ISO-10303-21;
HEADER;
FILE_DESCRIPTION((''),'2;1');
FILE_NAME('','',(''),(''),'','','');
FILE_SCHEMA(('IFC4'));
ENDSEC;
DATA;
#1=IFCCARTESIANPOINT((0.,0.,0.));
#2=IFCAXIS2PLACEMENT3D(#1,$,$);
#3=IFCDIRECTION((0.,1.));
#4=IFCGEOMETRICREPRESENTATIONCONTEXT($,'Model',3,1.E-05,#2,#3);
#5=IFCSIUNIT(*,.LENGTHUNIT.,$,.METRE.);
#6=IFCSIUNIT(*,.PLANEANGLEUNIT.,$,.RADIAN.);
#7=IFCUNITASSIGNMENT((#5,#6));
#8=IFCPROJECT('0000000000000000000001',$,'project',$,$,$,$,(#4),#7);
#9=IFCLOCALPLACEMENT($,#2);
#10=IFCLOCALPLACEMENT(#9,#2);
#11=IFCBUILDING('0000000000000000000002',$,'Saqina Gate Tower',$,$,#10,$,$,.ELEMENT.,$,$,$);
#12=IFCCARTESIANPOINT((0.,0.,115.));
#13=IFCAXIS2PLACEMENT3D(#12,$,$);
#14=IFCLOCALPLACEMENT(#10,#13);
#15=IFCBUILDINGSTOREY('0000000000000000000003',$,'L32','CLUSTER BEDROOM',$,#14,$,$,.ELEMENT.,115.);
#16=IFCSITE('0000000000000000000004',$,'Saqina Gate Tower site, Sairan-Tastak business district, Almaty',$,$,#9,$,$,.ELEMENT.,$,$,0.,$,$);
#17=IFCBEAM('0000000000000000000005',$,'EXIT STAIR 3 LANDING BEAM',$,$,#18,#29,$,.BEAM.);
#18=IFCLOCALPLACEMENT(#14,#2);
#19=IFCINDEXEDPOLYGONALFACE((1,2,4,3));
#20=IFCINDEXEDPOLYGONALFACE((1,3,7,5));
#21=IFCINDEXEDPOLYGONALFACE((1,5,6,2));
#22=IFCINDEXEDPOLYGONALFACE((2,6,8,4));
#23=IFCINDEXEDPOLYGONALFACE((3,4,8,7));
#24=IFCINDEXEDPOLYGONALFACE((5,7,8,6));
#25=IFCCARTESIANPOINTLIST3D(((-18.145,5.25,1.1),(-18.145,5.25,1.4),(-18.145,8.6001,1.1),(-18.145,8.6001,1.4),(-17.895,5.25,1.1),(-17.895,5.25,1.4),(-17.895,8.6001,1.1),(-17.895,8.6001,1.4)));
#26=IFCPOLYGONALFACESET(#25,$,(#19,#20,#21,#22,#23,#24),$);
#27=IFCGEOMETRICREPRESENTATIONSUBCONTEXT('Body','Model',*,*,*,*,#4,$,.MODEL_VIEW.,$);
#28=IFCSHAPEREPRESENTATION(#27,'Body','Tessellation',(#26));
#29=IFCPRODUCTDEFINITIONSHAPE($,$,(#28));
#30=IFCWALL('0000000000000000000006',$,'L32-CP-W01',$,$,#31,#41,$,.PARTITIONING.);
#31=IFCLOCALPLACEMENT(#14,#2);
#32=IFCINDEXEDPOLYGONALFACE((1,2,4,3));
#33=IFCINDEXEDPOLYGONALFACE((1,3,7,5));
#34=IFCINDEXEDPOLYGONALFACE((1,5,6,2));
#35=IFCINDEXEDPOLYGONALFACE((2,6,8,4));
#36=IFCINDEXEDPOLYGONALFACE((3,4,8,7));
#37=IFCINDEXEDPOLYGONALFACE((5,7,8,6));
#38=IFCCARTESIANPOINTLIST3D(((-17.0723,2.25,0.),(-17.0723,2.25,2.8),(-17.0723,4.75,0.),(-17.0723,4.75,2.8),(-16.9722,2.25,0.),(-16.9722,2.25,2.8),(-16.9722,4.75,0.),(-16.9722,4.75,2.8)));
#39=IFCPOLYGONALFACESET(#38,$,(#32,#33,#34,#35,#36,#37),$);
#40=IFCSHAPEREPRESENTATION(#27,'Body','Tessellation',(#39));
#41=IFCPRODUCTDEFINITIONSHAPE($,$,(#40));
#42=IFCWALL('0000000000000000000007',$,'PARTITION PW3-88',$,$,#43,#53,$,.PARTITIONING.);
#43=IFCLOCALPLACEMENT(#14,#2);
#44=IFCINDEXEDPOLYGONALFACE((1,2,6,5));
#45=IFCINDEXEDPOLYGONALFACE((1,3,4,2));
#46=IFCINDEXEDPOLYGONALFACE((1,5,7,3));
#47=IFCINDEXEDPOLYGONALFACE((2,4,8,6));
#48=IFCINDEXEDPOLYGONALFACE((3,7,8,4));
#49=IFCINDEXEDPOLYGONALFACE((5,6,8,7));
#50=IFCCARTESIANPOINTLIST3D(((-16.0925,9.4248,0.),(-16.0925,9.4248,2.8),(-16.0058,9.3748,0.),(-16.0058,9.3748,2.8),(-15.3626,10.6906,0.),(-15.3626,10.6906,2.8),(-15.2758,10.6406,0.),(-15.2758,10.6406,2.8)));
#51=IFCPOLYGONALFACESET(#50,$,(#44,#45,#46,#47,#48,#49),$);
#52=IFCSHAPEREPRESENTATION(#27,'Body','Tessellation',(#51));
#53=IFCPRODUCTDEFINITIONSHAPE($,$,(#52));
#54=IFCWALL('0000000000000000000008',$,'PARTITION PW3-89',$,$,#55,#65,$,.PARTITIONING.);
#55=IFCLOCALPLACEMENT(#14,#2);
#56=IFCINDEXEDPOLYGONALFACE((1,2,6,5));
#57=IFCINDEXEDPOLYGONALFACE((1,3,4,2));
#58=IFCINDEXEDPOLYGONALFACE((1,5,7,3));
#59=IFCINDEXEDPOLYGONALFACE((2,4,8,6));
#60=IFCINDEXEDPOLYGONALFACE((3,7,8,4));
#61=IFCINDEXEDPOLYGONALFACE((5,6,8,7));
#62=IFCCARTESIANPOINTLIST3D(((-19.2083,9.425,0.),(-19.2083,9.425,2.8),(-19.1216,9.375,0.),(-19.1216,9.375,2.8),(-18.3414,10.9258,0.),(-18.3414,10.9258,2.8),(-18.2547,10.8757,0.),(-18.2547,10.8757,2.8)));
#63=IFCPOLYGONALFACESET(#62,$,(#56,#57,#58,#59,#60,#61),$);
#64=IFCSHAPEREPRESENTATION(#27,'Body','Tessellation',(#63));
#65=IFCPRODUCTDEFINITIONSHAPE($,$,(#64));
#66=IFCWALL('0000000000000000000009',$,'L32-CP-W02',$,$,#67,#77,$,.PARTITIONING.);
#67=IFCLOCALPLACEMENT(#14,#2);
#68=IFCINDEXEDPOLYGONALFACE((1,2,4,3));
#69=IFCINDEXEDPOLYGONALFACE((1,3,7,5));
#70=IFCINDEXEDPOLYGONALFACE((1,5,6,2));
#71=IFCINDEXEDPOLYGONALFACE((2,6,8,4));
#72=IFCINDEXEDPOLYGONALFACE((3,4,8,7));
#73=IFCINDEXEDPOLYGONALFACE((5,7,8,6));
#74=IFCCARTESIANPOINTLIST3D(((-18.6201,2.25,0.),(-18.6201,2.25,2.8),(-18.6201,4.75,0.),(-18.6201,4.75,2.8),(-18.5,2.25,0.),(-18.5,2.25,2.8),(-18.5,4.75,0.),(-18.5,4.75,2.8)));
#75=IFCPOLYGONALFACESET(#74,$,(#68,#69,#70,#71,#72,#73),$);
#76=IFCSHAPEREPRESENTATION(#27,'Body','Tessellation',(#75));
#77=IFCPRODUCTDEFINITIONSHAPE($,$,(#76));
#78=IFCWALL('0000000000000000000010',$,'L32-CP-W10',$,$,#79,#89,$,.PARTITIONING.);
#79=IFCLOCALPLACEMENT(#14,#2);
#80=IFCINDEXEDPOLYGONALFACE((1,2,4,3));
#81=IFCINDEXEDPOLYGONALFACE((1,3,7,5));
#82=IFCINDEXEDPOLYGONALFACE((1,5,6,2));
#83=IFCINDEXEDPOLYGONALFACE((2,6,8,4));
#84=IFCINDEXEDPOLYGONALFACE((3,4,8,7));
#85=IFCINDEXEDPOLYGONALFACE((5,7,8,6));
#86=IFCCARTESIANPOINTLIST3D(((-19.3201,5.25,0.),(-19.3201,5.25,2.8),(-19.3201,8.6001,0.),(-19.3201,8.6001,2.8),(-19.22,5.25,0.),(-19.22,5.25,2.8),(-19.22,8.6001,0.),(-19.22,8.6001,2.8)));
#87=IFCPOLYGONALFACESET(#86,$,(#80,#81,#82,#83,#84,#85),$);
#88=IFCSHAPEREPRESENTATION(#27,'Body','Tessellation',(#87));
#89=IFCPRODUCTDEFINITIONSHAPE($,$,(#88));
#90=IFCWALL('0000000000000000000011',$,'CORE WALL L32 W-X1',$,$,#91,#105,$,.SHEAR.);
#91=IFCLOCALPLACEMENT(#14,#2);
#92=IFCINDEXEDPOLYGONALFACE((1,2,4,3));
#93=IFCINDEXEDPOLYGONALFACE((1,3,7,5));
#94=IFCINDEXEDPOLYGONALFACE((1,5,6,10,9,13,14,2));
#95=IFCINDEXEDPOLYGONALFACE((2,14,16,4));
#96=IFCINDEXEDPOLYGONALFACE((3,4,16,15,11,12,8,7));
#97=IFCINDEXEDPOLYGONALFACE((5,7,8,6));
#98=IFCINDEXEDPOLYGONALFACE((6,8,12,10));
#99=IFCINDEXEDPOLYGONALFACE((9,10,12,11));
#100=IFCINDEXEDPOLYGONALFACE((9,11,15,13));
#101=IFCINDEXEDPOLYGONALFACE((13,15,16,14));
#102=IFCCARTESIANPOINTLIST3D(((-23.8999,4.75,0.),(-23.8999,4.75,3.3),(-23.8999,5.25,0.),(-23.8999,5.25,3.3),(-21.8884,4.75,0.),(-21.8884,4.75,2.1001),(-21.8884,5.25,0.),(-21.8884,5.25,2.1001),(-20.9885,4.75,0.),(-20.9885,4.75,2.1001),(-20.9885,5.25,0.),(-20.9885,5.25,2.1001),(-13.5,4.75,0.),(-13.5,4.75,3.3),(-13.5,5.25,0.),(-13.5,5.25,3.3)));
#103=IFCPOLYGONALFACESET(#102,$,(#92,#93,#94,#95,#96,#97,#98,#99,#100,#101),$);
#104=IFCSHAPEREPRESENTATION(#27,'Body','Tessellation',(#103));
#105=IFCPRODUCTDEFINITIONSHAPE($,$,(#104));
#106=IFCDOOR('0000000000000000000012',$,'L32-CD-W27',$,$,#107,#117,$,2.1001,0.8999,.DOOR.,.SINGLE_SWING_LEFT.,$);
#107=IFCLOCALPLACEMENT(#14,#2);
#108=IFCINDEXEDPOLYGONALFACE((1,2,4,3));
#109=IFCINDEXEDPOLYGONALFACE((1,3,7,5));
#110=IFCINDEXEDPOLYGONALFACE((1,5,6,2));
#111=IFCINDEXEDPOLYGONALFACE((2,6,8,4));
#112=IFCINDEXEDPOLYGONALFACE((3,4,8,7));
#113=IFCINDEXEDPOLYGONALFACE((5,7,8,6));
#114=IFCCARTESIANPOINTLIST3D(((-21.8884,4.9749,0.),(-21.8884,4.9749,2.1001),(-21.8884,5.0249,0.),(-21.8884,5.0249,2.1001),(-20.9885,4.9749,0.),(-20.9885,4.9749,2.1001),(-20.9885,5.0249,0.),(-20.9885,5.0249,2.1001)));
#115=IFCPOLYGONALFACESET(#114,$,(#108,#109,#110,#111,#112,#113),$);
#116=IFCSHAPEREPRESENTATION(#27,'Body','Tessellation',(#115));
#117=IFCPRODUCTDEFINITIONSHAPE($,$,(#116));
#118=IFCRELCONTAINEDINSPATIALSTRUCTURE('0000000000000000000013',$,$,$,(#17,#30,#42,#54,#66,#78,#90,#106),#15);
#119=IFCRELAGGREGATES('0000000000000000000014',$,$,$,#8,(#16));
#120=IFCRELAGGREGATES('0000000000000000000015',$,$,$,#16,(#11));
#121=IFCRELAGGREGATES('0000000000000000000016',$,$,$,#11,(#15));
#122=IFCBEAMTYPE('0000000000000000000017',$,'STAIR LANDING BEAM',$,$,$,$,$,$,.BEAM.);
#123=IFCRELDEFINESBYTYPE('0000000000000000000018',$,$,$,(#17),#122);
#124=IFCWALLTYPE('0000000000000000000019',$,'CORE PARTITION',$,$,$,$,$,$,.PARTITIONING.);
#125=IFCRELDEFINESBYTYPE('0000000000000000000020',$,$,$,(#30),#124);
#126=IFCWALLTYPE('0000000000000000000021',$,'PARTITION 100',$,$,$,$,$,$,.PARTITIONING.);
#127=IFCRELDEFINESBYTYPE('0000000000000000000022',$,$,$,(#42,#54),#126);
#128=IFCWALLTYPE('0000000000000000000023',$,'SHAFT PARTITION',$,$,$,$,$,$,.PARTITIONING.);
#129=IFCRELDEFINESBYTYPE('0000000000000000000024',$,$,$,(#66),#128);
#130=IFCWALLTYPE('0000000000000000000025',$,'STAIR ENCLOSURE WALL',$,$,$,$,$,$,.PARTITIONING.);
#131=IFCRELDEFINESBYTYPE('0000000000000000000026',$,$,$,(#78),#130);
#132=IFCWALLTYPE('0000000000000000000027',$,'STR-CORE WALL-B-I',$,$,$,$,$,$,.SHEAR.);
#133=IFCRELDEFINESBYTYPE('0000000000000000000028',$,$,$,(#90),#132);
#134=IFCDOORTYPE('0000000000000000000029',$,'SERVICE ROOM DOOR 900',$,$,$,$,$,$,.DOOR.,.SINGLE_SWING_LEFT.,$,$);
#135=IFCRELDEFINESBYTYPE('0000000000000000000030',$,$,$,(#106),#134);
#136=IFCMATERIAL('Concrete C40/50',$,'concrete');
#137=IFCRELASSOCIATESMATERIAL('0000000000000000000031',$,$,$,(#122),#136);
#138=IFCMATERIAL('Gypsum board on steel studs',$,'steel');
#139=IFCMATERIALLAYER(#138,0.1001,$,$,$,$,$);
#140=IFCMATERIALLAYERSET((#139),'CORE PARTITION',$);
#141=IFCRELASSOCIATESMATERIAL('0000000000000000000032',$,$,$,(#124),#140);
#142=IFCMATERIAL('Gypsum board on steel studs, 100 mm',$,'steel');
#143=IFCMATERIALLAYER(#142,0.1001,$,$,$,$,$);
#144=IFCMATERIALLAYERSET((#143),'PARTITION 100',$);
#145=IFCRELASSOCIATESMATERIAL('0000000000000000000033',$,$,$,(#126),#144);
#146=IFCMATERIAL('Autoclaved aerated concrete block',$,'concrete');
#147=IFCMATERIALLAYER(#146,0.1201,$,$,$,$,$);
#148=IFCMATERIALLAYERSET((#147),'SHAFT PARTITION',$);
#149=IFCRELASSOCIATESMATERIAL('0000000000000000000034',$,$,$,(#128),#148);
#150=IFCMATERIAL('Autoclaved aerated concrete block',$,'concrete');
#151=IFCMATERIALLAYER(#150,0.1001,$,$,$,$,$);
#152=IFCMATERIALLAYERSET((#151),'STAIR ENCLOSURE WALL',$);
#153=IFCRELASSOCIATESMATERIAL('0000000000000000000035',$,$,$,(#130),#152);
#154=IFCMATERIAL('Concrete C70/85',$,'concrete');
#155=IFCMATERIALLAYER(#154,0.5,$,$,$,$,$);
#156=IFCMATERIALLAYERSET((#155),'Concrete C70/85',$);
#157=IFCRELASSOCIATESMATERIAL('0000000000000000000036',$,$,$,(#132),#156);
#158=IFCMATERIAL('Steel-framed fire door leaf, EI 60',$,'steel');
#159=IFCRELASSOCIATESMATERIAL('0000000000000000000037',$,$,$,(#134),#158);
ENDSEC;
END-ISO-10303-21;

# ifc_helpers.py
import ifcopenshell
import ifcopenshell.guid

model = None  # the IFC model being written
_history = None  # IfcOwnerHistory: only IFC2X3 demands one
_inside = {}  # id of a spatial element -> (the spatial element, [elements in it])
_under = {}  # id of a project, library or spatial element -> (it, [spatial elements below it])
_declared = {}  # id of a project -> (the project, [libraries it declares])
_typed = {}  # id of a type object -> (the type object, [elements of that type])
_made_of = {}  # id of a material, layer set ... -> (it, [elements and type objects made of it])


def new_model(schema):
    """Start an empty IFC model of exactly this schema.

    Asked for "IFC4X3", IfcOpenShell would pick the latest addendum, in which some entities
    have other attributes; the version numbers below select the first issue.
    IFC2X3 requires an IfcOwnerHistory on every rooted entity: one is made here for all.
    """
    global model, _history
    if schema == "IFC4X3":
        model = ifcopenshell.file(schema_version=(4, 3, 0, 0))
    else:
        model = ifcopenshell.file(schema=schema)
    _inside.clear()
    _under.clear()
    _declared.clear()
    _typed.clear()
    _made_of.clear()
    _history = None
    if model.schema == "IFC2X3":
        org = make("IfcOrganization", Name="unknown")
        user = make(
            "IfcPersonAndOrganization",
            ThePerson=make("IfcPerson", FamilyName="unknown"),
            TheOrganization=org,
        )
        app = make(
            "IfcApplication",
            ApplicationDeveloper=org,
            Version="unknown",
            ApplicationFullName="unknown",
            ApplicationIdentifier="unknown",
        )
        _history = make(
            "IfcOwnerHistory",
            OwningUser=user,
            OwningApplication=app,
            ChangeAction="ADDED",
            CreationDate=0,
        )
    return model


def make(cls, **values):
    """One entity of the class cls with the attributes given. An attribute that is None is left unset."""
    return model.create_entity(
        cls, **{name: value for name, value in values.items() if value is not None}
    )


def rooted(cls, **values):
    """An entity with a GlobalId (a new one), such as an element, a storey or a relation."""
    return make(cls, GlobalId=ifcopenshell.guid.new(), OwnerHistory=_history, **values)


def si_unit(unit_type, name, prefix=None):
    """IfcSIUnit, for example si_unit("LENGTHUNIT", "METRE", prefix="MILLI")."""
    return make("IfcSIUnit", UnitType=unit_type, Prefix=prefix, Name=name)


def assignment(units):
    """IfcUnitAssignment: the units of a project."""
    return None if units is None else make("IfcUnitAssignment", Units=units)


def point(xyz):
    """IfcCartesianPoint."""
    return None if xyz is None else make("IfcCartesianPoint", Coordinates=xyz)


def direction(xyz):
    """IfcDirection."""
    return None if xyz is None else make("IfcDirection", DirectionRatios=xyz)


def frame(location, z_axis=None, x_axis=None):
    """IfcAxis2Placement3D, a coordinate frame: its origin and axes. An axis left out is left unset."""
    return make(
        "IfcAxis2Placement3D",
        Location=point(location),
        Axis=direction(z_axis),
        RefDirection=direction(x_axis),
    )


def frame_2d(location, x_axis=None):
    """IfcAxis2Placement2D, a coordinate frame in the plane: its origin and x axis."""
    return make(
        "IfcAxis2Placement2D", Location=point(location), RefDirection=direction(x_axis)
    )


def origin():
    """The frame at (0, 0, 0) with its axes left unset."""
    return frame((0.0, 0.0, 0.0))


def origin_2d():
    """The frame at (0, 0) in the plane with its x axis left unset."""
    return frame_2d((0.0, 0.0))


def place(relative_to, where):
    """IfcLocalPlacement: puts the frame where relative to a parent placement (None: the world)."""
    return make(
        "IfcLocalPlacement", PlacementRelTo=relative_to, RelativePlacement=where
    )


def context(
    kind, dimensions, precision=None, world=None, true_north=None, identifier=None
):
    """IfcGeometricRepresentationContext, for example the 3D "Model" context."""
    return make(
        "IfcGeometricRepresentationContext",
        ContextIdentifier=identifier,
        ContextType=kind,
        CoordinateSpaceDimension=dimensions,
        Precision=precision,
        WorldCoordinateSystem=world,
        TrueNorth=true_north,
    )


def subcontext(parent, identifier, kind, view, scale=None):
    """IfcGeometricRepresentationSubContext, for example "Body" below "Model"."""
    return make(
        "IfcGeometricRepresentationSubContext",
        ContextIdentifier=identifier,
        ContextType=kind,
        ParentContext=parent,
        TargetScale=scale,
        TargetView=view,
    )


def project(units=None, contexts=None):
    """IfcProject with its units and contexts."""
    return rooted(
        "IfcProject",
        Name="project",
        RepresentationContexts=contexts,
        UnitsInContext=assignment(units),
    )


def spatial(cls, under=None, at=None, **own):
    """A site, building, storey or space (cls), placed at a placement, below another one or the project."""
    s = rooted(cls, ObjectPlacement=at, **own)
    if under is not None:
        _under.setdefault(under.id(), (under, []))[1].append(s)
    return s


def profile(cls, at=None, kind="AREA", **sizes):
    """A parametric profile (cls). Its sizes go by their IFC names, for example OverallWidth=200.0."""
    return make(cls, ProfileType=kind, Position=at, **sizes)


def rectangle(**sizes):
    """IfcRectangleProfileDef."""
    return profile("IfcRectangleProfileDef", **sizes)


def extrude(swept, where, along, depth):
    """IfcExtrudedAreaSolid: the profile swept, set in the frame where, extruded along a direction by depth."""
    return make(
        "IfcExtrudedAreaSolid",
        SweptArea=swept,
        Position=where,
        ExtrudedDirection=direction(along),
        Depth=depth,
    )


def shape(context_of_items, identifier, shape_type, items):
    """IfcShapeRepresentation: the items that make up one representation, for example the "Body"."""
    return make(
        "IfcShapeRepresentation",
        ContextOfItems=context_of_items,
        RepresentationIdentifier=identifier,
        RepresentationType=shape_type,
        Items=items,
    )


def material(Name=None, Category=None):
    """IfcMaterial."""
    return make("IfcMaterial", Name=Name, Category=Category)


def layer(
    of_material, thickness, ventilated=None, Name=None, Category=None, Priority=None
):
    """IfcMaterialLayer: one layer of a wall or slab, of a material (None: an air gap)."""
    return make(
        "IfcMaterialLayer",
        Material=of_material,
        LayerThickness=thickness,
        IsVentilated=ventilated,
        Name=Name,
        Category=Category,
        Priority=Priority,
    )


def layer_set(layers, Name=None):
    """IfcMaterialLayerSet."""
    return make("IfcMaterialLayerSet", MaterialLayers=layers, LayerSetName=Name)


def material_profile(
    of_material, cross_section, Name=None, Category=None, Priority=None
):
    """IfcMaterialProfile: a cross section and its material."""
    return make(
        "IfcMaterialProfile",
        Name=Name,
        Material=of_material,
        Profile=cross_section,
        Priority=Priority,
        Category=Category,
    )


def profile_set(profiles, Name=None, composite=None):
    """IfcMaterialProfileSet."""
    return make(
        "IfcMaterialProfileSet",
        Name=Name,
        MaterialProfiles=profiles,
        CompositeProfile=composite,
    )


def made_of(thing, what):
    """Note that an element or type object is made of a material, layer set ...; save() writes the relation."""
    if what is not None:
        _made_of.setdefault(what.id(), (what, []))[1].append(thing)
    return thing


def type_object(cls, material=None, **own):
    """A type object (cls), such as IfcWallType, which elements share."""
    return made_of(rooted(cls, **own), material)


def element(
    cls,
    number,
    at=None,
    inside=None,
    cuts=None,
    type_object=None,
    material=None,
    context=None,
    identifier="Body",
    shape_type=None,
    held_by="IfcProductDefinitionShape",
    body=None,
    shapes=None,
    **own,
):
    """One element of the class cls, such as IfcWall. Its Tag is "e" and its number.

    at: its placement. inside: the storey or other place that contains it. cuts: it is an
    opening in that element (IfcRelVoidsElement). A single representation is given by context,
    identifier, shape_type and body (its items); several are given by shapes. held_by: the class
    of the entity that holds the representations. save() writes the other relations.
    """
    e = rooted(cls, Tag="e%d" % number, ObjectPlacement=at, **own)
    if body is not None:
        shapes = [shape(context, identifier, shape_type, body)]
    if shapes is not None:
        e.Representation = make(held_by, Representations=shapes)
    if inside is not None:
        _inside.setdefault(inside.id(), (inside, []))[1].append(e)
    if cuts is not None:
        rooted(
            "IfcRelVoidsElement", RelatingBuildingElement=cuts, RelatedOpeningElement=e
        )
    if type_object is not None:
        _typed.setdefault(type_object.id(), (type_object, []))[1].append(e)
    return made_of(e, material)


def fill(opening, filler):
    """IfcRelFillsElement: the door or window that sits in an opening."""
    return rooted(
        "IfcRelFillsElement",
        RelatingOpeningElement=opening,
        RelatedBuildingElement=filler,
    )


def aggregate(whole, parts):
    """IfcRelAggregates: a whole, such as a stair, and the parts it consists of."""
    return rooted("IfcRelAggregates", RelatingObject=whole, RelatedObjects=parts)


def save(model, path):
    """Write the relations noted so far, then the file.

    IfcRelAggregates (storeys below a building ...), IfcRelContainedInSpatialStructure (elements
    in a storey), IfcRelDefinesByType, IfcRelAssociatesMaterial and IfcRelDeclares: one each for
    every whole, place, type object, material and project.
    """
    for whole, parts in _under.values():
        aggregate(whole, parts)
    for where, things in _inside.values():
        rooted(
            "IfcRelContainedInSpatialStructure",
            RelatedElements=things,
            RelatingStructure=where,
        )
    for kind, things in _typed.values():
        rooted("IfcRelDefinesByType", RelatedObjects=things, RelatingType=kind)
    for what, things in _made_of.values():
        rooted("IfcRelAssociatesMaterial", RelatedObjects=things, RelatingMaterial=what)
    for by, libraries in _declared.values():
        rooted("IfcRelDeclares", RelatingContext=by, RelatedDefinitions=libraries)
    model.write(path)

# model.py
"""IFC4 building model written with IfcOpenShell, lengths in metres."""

from ifc_helpers import new_model, si_unit, direction, frame, frame_2d, origin, origin_2d, place, context, subcontext, project, spatial, rectangle, extrude, material, layer, layer_set, material_profile, profile_set, type_object, element, fill, save


model = new_model("IFC4")

# Units and contexts
model_context = context("Model", 3, precision=1e-05, world=origin(), true_north=direction((0.0, 1.0)))
body_context = subcontext(model_context, "Body", "Model", "MODEL_VIEW")
ifc_project = project(units=[si_unit("LENGTHUNIT", "METRE"), si_unit("PLANEANGLEUNIT", "RADIAN")], contexts=[model_context])

# Site, building, storey
site_placement = place(None, origin())
site = spatial("IfcSite", under=ifc_project, at=site_placement, Name="Saqina Gate Tower site, Sairan-Tastak business district, Almaty", CompositionType="ELEMENT", RefElevation=0.0)
building_placement = place(site_placement, origin())
building = spatial("IfcBuilding", under=site, at=building_placement, Name="Saqina Gate Tower", CompositionType="ELEMENT")
storey_placement = place(building_placement, frame((0.0, 0.0, 115.0)))
storey = spatial("IfcBuildingStorey", under=building, at=storey_placement, Name="L32", Description="CLUSTER BEDROOM", CompositionType="ELEMENT", Elevation=115.0)

# Beam
ifc_material_1 = material(Name="Concrete C40/50", Category="concrete")
ifc_material_profile = material_profile(ifc_material_1, rectangle(XDim=0.25, YDim=0.3, at=origin_2d()), Name="STAIR LANDING BEAM")
ifc_profile_set = profile_set([ifc_material_profile], Name="Concrete C40/50")
beam_type = type_object("IfcBeamType", Name="STAIR LANDING BEAM", PredefinedType="BEAM", material=ifc_profile_set)
beam_placement = place(storey_placement, frame((-18.02, 5.25, 1.25), z_axis=(0.0, 1.0, 0.0), x_axis=(-1.0, 0.0, 0.0)))
element("IfcBeam", 1, at=beam_placement, inside=storey, type_object=beam_type, Name="EXIT STAIR 3 LANDING BEAM", PredefinedType="BEAM", context=body_context, shape_type="SweptSolid", body=[
    extrude(rectangle(XDim=0.25, YDim=0.3, at=origin_2d()), origin(), (0.0, 0.0, 1.0), 3.3501),
])

# Walls
ifc_material_2 = material(Name="Gypsum board on steel studs", Category="steel")
ifc_layer_1 = layer(ifc_material_2, 0.1001)
ifc_layer_set_1 = layer_set([ifc_layer_1], Name="CORE PARTITION")
wall_type_1 = type_object("IfcWallType", Name="CORE PARTITION", PredefinedType="PARTITIONING", material=ifc_layer_set_1)
wall_1_placement = place(storey_placement, frame((-17.0222, 2.25, 0.0), z_axis=(0.0, 0.0, 1.0), x_axis=(0.0, 1.0, 0.0)))
element("IfcWall", 2, at=wall_1_placement, inside=storey, type_object=wall_type_1, Name="L32-CP-W01", PredefinedType="PARTITIONING", context=body_context, shape_type="SweptSolid", body=[
    extrude(rectangle(XDim=2.5, YDim=0.1001, at=frame_2d((1.25, 0.0))), origin(), (0.0, 0.0, 1.0), 2.8),
])
ifc_material_3 = material(Name="Gypsum board on steel studs, 100 mm", Category="steel")
ifc_layer_2 = layer(ifc_material_3, 0.1001)
ifc_layer_set_2 = layer_set([ifc_layer_2], Name="PARTITION 100")
wall_type_2 = type_object("IfcWallType", Name="PARTITION 100", PredefinedType="PARTITIONING", material=ifc_layer_set_2)
wall_2_placement = place(storey_placement, frame((-16.0491, 9.3999, 0.0), z_axis=(0.0, 0.0, 1.0), x_axis=(0.499554, 0.866283, 0.0)))
element("IfcWall", 3, at=wall_2_placement, inside=storey, type_object=wall_type_2, Name="PARTITION PW3-88", PredefinedType="PARTITIONING", context=body_context, shape_type="SweptSolid", body=[
    extrude(rectangle(XDim=1.4612, YDim=0.1001, at=frame_2d((0.7305, 0.0))), origin(), (0.0, 0.0, 1.0), 2.8),
])
wall_3_placement = place(storey_placement, frame((-19.165, 9.3999, 0.0), z_axis=(0.0, 0.0, 1.0), x_axis=(0.500214, 0.865902, 0.0)))
element("IfcWall", 4, at=wall_3_placement, inside=storey, type_object=wall_type_2, Name="PARTITION PW3-89", PredefinedType="PARTITIONING", context=body_context, shape_type="SweptSolid", body=[
    extrude(rectangle(XDim=1.7332, YDim=0.1001, at=frame_2d((0.8667, 0.0))), origin(), (0.0, 0.0, 1.0), 2.8),
])
ifc_material_4 = material(Name="Autoclaved aerated concrete block", Category="concrete")
ifc_layer_3 = layer(ifc_material_4, 0.1201)
ifc_layer_set_3 = layer_set([ifc_layer_3], Name="SHAFT PARTITION")
wall_type_3 = type_object("IfcWallType", Name="SHAFT PARTITION", PredefinedType="PARTITIONING", material=ifc_layer_set_3)
wall_4_placement = place(storey_placement, frame((-18.5601, 2.25, 0.0), z_axis=(0.0, 0.0, 1.0), x_axis=(0.0, 1.0, 0.0)))
element("IfcWall", 5, at=wall_4_placement, inside=storey, type_object=wall_type_3, Name="L32-CP-W02", PredefinedType="PARTITIONING", context=body_context, shape_type="SweptSolid", body=[
    extrude(rectangle(XDim=2.5, YDim=0.1201, at=frame_2d((1.25, 0.0))), origin(), (0.0, 0.0, 1.0), 2.8),
])
ifc_material_5 = material(Name="Autoclaved aerated concrete block", Category="concrete")
ifc_layer_4 = layer(ifc_material_5, 0.1001)
ifc_layer_set_4 = layer_set([ifc_layer_4], Name="STAIR ENCLOSURE WALL")
wall_type_4 = type_object("IfcWallType", Name="STAIR ENCLOSURE WALL", PredefinedType="PARTITIONING", material=ifc_layer_set_4)
wall_5_placement = place(storey_placement, frame((-19.27, 5.25, 0.0), z_axis=(0.0, 0.0, 1.0), x_axis=(0.0, 1.0, 0.0)))
element("IfcWall", 6, at=wall_5_placement, inside=storey, type_object=wall_type_4, Name="L32-CP-W10", PredefinedType="PARTITIONING", context=body_context, shape_type="SweptSolid", body=[
    extrude(rectangle(XDim=3.3501, YDim=0.1001, at=frame_2d((1.675, 0.0))), origin(), (0.0, 0.0, 1.0), 2.8),
])

# Wall, opening, door
ifc_material_6 = material(Name="Concrete C70/85", Category="concrete")
ifc_layer_5 = layer(ifc_material_6, 0.5)
ifc_layer_set_5 = layer_set([ifc_layer_5], Name="Concrete C70/85")
wall_type_5 = type_object("IfcWallType", Name="STR-CORE WALL-B-I", PredefinedType="SHEAR", material=ifc_layer_set_5)
wall_6_placement = place(storey_placement, frame((-13.5, 5.0, 0.0), z_axis=(0.0, 0.0, 1.0), x_axis=(-1.0, 0.0, 0.0)))
wall_6 = element("IfcWall", 7, at=wall_6_placement, inside=storey, type_object=wall_type_5, Name="CORE WALL L32 W-X1", PredefinedType="SHEAR", context=body_context, shape_type="SweptSolid", body=[
    extrude(rectangle(XDim=10.3999, YDim=0.5, at=frame_2d((5.2, 0.0))), origin(), (0.0, 0.0, 1.0), 3.3),
])
opening_1_placement = place(wall_6_placement, frame((7.4885, 0.0, 0.0)))
opening_1 = element("IfcOpeningElement", 8, at=opening_1_placement, cuts=wall_6, PredefinedType="OPENING", context=body_context, shape_type="SweptSolid", body=[
    extrude(rectangle(XDim=0.8999, YDim=2.1001, at=frame_2d((0.45, 1.05))), frame((0.0, 0.262, 0.0), z_axis=(0.0, -1.0, 0.0), x_axis=(1.0, 0.0, 0.0)), (0.0, 0.0, 1.0), 0.5239),
])
ifc_material_7 = material(Name="Steel-framed fire door leaf, EI 60", Category="steel")
door_type_1 = type_object("IfcDoorType", Name="SERVICE ROOM DOOR 900", OperationType="SINGLE_SWING_LEFT", PredefinedType="DOOR", material=ifc_material_7)
door_1_placement = place(opening_1_placement, frame((0.8999, 0.0, 0.0), z_axis=(0.0, 0.0, 1.0), x_axis=(-1.0, 0.0, 0.0)))
door_1 = element("IfcDoor", 9, at=door_1_placement, inside=storey, type_object=door_type_1, Name="L32-CD-W27", OperationType="SINGLE_SWING_LEFT", OverallHeight=2.1001, OverallWidth=0.8999, PredefinedType="DOOR", context=body_context, shape_type="SweptSolid", body=[
    extrude(rectangle(XDim=0.8999, YDim=2.1001, at=frame_2d((0.45, 1.05))), frame((0.0, 0.0249, 0.0), z_axis=(0.0, -1.0, 0.0), x_axis=(1.0, 0.0, 0.0)), (0.0, 0.0, 1.0), 0.05),
])
fill(opening_1, door_1)

save(model, "model.ifc")
